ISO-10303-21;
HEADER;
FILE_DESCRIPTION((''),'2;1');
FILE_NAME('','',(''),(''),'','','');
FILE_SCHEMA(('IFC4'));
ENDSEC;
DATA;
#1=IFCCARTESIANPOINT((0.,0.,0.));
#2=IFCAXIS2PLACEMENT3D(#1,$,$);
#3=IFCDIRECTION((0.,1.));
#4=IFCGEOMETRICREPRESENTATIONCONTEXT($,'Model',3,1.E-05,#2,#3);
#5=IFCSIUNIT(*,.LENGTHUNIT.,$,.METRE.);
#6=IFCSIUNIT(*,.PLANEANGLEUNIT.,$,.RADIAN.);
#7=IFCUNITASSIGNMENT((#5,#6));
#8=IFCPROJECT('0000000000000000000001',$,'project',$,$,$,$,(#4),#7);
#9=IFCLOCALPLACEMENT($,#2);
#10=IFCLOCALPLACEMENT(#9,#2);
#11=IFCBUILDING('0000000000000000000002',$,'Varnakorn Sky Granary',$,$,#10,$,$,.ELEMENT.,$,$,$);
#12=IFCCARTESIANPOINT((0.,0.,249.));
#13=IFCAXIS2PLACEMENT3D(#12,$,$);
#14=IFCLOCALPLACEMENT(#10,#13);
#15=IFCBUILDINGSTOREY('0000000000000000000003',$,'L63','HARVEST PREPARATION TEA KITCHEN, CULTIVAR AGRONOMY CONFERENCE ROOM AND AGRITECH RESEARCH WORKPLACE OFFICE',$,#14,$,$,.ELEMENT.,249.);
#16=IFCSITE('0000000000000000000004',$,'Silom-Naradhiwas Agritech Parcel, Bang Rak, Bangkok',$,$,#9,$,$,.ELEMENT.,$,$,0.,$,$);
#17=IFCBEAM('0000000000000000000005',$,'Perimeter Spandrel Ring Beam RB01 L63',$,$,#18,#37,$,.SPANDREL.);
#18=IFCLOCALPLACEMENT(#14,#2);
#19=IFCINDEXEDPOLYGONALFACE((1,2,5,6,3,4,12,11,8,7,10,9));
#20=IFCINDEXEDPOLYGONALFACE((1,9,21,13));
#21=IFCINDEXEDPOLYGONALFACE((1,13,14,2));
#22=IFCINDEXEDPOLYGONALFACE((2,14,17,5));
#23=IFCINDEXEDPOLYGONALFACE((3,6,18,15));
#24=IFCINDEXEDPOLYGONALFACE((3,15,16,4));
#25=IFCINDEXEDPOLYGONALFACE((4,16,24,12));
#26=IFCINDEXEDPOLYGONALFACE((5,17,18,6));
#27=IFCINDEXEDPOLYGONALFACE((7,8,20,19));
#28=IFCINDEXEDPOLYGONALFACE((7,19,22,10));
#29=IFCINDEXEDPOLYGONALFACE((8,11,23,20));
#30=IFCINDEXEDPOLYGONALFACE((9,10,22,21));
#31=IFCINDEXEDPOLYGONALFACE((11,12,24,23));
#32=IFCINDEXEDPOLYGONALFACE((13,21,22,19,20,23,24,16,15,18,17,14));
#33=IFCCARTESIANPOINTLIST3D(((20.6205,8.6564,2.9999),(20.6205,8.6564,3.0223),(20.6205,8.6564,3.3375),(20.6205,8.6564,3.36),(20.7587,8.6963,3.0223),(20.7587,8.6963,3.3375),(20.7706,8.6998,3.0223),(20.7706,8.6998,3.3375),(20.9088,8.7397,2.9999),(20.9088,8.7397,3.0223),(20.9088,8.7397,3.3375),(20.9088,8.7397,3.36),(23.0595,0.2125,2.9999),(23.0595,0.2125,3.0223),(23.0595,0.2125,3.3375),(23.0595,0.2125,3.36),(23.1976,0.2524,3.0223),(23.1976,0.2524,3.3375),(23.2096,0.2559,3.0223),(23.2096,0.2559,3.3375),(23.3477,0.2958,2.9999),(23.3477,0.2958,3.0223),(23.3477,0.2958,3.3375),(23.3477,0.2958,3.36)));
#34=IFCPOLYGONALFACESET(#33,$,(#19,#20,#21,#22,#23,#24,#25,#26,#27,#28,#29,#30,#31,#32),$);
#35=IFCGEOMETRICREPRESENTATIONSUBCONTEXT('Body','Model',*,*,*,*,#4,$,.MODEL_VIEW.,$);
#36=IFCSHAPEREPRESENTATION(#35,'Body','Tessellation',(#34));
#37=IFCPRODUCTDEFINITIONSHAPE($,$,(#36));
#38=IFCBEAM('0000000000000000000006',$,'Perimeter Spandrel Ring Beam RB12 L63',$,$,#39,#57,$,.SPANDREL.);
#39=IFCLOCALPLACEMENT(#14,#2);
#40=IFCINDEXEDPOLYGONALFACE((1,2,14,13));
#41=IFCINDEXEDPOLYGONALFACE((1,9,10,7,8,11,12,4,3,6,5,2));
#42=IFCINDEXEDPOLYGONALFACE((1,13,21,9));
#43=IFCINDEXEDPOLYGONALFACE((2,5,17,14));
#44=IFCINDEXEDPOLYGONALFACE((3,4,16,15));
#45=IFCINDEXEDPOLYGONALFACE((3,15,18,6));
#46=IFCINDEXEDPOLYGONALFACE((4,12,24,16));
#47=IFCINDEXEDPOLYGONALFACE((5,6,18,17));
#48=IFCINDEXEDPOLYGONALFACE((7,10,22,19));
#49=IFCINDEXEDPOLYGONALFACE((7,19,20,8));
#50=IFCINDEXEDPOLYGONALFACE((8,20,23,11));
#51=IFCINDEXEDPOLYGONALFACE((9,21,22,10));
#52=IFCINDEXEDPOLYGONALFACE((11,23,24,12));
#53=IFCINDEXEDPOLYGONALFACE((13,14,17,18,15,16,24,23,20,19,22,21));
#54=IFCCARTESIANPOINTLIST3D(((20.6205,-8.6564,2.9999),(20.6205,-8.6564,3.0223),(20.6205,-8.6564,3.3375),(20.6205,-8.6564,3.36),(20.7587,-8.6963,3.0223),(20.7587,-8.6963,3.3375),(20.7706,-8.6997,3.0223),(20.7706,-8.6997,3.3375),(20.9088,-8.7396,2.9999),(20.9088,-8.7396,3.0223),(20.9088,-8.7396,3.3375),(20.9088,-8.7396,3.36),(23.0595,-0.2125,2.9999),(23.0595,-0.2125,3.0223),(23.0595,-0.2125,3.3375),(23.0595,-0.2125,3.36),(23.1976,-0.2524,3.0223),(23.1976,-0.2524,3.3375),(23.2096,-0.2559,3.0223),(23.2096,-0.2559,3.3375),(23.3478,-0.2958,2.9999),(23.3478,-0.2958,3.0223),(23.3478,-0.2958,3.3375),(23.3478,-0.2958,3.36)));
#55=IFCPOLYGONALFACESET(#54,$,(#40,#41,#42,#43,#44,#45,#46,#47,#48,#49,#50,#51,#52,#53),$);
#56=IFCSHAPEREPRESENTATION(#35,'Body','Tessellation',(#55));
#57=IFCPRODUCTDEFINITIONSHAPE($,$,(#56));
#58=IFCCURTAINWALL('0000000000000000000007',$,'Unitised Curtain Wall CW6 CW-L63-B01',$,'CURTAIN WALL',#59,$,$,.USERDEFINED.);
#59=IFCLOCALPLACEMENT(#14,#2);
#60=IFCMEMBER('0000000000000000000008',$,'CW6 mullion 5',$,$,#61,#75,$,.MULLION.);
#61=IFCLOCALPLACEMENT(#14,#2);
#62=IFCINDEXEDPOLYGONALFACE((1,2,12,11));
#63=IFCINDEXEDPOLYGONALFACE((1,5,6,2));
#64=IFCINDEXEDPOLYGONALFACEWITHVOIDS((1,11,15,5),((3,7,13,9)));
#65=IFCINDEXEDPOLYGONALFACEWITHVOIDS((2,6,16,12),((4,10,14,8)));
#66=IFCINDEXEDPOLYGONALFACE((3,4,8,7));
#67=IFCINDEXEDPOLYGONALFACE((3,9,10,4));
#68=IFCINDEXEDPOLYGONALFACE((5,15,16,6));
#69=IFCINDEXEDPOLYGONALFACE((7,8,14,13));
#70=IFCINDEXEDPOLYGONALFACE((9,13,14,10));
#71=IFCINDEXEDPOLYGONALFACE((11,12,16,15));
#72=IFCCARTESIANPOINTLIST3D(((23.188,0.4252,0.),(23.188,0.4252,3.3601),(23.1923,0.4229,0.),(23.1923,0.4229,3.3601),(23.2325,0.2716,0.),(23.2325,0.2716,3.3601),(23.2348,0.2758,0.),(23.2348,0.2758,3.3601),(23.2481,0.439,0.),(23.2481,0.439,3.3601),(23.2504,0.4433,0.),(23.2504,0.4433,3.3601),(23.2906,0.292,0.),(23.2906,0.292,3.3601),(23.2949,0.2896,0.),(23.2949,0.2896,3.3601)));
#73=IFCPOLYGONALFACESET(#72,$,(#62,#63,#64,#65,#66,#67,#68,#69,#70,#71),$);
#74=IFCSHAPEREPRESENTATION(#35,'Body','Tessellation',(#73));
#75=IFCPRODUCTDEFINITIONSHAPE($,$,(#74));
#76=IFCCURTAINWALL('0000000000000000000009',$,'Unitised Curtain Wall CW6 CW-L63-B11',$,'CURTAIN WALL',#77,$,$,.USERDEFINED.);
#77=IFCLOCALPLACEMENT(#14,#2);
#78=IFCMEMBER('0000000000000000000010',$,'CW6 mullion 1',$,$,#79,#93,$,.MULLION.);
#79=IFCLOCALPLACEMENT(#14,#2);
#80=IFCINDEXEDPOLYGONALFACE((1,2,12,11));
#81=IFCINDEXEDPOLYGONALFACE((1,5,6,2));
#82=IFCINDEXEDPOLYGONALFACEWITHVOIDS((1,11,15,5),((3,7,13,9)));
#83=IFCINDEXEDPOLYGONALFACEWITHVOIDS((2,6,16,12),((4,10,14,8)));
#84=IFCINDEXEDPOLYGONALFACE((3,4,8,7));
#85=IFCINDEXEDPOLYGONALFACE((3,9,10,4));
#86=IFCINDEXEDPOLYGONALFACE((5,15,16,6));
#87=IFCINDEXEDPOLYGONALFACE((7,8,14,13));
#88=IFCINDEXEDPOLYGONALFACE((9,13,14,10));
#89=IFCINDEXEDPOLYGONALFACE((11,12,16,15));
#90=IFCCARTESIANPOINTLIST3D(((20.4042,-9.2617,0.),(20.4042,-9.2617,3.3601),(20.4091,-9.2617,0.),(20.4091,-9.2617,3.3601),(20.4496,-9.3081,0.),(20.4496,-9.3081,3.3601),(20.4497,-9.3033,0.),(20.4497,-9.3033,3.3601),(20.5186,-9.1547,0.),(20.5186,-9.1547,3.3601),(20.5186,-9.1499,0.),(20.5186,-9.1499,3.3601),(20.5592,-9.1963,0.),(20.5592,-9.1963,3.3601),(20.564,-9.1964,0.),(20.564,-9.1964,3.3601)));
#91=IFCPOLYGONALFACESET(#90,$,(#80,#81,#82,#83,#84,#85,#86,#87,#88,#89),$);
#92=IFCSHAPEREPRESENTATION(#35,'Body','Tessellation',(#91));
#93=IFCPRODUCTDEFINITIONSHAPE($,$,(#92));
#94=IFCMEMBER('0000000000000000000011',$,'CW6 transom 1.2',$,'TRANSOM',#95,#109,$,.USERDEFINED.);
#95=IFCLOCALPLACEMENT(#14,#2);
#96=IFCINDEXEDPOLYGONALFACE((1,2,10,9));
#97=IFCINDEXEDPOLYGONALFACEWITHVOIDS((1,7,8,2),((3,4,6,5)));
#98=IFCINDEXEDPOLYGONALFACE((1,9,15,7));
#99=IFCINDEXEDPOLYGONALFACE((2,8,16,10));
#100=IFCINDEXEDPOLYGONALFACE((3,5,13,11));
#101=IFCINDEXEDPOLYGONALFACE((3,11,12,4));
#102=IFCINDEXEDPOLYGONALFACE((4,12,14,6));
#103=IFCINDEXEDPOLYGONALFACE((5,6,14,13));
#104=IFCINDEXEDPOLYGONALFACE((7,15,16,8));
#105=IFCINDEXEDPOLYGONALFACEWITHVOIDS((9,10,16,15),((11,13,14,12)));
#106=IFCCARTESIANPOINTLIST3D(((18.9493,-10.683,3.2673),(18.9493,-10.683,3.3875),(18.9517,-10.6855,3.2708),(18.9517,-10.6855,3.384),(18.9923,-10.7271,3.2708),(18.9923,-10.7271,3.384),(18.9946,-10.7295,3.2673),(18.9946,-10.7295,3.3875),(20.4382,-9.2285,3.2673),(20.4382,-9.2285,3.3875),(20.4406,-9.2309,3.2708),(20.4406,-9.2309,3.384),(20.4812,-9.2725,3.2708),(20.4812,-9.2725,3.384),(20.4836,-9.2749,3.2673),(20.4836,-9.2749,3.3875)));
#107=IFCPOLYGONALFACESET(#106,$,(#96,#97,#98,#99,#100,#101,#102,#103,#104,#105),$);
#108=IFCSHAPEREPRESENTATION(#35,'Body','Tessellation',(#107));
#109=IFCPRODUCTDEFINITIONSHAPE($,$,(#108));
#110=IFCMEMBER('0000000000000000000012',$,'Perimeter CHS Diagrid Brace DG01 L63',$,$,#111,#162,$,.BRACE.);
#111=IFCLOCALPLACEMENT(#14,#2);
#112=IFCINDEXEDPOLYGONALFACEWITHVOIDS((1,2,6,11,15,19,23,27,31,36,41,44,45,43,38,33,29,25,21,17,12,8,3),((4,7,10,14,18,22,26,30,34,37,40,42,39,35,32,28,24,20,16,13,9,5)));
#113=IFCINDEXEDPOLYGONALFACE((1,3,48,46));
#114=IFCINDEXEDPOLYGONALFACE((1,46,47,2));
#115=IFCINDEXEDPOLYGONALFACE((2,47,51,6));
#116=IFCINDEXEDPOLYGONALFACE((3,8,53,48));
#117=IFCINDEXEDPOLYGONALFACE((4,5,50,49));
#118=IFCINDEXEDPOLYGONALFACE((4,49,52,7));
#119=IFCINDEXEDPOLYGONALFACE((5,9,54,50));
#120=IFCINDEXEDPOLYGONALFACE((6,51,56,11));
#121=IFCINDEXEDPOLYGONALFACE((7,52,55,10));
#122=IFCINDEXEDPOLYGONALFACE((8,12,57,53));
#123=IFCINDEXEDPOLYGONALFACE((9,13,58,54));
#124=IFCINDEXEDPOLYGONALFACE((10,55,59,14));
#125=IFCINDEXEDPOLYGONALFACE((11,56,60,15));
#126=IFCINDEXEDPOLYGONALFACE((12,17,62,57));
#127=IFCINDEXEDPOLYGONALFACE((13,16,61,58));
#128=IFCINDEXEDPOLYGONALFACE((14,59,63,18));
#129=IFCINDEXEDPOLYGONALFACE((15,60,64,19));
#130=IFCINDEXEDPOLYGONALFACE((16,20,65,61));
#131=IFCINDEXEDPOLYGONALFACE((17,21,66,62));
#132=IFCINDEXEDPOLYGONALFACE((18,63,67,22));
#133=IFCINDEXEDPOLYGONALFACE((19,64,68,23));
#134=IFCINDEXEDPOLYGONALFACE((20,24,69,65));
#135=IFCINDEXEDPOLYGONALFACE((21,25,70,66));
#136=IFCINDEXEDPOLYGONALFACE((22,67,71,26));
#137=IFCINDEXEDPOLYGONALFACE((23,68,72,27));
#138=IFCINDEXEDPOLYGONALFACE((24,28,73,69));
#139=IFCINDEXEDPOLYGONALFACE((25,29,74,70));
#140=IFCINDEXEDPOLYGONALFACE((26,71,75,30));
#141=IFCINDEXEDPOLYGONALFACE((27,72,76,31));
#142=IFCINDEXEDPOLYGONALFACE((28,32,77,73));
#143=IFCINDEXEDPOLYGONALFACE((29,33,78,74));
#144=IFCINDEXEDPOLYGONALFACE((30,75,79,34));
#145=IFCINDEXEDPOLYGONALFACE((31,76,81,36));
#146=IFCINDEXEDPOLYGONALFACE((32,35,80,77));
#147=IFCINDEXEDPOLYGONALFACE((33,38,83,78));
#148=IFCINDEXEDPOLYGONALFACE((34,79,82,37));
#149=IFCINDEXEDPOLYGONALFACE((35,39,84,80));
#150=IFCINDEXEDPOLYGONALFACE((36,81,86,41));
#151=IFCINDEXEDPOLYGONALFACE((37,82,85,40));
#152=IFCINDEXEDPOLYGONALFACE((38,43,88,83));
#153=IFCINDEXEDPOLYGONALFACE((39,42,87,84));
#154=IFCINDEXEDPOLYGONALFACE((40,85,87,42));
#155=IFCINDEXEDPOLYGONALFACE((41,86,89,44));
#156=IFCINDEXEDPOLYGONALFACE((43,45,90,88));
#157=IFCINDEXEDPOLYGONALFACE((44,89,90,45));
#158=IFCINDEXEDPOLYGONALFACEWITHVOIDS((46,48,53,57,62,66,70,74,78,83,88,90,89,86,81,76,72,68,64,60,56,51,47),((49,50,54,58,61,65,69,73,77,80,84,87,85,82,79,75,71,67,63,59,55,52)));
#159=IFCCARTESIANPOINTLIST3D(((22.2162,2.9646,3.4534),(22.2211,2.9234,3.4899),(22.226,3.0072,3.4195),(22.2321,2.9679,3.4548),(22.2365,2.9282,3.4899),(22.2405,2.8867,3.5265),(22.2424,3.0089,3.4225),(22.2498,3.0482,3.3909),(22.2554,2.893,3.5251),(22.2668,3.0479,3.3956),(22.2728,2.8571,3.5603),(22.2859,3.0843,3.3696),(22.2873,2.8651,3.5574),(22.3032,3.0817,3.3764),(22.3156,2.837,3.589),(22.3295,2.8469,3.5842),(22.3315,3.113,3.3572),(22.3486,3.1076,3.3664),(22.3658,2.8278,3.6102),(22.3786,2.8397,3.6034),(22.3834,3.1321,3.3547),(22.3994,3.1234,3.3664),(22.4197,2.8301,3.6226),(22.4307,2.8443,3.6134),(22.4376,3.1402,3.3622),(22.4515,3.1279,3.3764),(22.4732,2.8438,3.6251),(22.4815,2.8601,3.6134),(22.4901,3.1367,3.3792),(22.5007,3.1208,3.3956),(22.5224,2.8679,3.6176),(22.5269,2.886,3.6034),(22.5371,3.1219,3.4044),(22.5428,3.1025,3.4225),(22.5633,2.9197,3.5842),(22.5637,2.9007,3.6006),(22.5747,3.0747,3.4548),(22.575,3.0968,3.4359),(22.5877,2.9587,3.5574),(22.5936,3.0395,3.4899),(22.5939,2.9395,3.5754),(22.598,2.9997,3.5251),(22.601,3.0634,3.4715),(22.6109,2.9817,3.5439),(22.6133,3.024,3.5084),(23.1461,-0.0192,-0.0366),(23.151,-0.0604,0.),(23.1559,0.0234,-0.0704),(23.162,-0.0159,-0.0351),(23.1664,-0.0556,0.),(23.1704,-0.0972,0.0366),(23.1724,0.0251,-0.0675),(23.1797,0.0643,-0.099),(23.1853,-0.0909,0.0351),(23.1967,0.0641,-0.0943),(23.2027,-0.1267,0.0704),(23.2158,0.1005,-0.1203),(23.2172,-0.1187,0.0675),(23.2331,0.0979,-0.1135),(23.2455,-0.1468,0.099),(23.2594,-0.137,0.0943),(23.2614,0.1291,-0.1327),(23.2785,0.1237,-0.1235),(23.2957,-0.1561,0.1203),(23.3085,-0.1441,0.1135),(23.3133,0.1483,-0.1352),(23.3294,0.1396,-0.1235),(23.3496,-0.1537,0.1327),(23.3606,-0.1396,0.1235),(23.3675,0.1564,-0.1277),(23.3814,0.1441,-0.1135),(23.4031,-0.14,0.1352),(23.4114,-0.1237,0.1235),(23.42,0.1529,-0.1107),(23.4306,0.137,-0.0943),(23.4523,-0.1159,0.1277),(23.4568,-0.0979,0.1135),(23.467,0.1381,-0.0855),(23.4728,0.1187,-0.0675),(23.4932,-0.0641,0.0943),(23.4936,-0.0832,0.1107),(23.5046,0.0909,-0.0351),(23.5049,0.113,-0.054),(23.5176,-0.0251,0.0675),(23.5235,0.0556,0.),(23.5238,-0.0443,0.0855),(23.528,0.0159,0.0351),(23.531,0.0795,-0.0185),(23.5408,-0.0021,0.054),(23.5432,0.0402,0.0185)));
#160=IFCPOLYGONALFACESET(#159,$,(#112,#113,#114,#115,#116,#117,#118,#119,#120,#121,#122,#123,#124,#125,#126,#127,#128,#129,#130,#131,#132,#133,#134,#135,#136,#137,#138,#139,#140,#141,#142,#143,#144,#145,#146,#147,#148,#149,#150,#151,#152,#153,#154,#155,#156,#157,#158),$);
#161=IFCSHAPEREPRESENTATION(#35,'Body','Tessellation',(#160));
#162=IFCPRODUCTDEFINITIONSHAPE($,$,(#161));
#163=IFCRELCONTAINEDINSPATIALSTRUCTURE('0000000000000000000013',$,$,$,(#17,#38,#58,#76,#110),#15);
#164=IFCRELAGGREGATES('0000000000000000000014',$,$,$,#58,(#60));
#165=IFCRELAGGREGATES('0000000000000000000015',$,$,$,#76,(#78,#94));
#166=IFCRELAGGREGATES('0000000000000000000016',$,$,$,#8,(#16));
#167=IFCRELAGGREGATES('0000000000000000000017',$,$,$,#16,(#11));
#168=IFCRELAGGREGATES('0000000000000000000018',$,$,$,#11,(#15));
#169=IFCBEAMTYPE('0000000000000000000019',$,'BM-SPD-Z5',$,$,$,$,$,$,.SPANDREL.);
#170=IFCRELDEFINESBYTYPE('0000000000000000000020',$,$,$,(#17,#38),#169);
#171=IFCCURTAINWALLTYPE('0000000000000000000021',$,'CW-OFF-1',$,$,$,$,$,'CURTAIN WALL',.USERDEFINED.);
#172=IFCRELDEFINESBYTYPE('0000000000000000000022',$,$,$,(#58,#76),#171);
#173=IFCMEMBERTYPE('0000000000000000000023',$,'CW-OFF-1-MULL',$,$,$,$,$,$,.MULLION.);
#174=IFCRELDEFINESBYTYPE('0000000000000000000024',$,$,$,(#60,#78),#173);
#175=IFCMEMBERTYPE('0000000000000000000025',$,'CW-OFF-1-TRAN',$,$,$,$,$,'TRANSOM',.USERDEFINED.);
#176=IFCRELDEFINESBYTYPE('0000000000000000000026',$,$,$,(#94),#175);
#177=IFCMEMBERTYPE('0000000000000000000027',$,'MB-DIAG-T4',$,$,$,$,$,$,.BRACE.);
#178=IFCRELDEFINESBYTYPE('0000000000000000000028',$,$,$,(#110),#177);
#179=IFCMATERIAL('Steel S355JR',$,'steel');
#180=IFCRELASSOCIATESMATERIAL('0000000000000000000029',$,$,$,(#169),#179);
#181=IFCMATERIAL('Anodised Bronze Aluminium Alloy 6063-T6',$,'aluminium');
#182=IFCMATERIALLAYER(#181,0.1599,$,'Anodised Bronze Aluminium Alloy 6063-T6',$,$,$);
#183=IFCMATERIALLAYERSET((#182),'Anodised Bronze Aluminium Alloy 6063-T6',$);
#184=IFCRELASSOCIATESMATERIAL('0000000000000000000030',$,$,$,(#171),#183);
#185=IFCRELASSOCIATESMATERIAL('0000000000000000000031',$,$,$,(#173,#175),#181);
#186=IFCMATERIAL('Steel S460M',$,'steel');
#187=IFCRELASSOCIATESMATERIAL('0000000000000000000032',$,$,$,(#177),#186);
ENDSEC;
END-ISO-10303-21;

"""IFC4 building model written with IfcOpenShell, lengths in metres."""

from ifc_helpers import new_model, si_unit, direction, frame, origin, origin_2d, place, context, subcontext, project, spatial, hollow_rectangle, hollow_circle, i_section, extrude, material, layer, layer_set, material_profile, profile_set, type_object, element, aggregate, save


model = new_model("IFC4")

# Units and contexts
model_context = context("Model", 3, precision=1e-05, world=origin(), true_north=direction((0.0, 1.0)))
body_context = subcontext(model_context, "Body", "Model", "MODEL_VIEW")
ifc_project = project(units=[si_unit("LENGTHUNIT", "METRE"), si_unit("PLANEANGLEUNIT", "RADIAN")], contexts=[model_context])

# Site, building, storey
site_placement = place(None, origin())
site = spatial("IfcSite", under=ifc_project, at=site_placement, Name="Silom-Naradhiwas Agritech Parcel, Bang Rak, Bangkok", CompositionType="ELEMENT", RefElevation=0.0)
building_placement = place(site_placement, origin())
building = spatial("IfcBuilding", under=site, at=building_placement, Name="Varnakorn Sky Granary", CompositionType="ELEMENT")
storey_placement = place(building_placement, frame((0.0, 0.0, 249.0)))
storey = spatial("IfcBuildingStorey", under=building, at=storey_placement, Name="L63", Description="HARVEST PREPARATION TEA KITCHEN, CULTIVAR AGRONOMY CONFERENCE ROOM AND AGRITECH RESEARCH WORKPLACE OFFICE", CompositionType="ELEMENT", Elevation=249.0)

# Shared definitions
ifc_material_1 = material(Name="Steel S460M", Category="steel")

# Beams
ifc_material_2 = material(Name="Steel S355JR", Category="steel")
ifc_material_profile_1 = material_profile(ifc_material_2, i_section(OverallWidth=0.3, OverallDepth=0.3601, WebThickness=0.0125, FlangeThickness=0.0225, at=origin_2d()), Name="HE 360 B")
ifc_profile_set_1 = profile_set([ifc_material_profile_1], Name="Steel S355JR")
beam_type_1 = type_object("IfcBeamType", Name="BM-SPD-Z5", PredefinedType="SPANDREL", material=ifc_profile_set_1)
for number, where, z_axis, x_axis, name in (
    (1, (23.2036, 0.2542, 3.1799), (-0.277501, 0.960725, 0.0), (-0.960725, -0.277501, 0.0), "Perimeter Spandrel Ring Beam RB01 L63"),
    (2, (20.7646, -8.698, 3.1799), (0.277501, 0.960725, 0.0), (-0.960725, 0.277501, 0.0), "Perimeter Spandrel Ring Beam RB12 L63"),
):
    element("IfcBeam", number, at=place(storey_placement, frame(where, z_axis=z_axis, x_axis=x_axis)), inside=storey, type_object=beam_type_1, Name=name, PredefinedType="SPANDREL", context=body_context, shape_type="SweptSolid", body=[
        extrude(i_section(OverallWidth=0.3, OverallDepth=0.3601, WebThickness=0.0125, FlangeThickness=0.0225, at=origin_2d()), origin(), (0.0, 0.0, 1.0), 8.7891),
    ])

# Curtain wall, member
ifc_material_3 = material(Name="Anodised Bronze Aluminium Alloy 6063-T6", Category="aluminium")
ifc_layer_1 = layer(ifc_material_3, 0.1599, Name="Anodised Bronze Aluminium Alloy 6063-T6")
ifc_layer_set_1 = layer_set([ifc_layer_1], Name="Anodised Bronze Aluminium Alloy 6063-T6")
curtain_wall_type = type_object("IfcCurtainWallType", Name="CW-OFF-1", ElementType="CURTAIN WALL", PredefinedType="USERDEFINED", material=ifc_layer_set_1)
curtain_wall_1_placement = place(storey_placement, origin())
curtain_wall_1 = element("IfcCurtainWall", 3, at=curtain_wall_1_placement, inside=storey, type_object=curtain_wall_type, Name="Unitised Curtain Wall CW6 CW-L63-B01", ObjectType="CURTAIN WALL", PredefinedType="USERDEFINED")
ifc_material_profile_2 = material_profile(ifc_material_3, hollow_rectangle(XDim=0.0649, YDim=0.1599, WallThickness=0.0034, at=origin_2d()), Name="ALU MULL 65x160")
ifc_profile_set_2 = profile_set([ifc_material_profile_2], Name="Anodised Bronze Aluminium Alloy 6063-T6")
member_type_1 = type_object("IfcMemberType", Name="CW-OFF-1-MULL", PredefinedType="MULLION", material=ifc_profile_set_2)
member_1_placement = place(storey_placement, frame((23.2415, 0.3574, 0.0), z_axis=(0.0, 0.0, 1.0), x_axis=(0.96061, 0.277899, 0.0)))
member_1 = element("IfcMember", 4, at=member_1_placement, type_object=member_type_1, Name="CW6 mullion 5", PredefinedType="MULLION", context=body_context, shape_type="SweptSolid", body=[
    extrude(hollow_rectangle(XDim=0.0649, YDim=0.1599, WallThickness=0.0034, at=origin_2d()), origin(), (0.0, 0.0, 1.0), 3.3601),
])
aggregate(curtain_wall_1, [member_1])

# Curtain wall, members
curtain_wall_2_placement = place(storey_placement, origin())
curtain_wall_2 = element("IfcCurtainWall", 5, at=curtain_wall_2_placement, inside=storey, type_object=curtain_wall_type, Name="Unitised Curtain Wall CW6 CW-L63-B11", ObjectType="CURTAIN WALL", PredefinedType="USERDEFINED")
member_2_placement = place(storey_placement, frame((20.4841, -9.229, 0.0), z_axis=(0.0, 0.0, 1.0), x_axis=(0.698833, -0.715285, 0.0)))
member_2 = element("IfcMember", 6, at=member_2_placement, type_object=member_type_1, Name="CW6 mullion 1", PredefinedType="MULLION", context=body_context, shape_type="SweptSolid", body=[
    extrude(hollow_rectangle(XDim=0.0649, YDim=0.1599, WallThickness=0.0034, at=origin_2d()), origin(), (0.0, 0.0, 1.0), 3.3601),
])
ifc_material_profile_3 = material_profile(ifc_material_3, hollow_rectangle(XDim=0.0649, YDim=0.1201, WallThickness=0.0034, at=origin_2d()), Name="ALU TRAN 65x120")
ifc_profile_set_3 = profile_set([ifc_material_profile_3], Name="Anodised Bronze Aluminium Alloy 6063-T6")
member_type_2 = type_object("IfcMemberType", Name="CW-OFF-1-TRAN", ElementType="TRANSOM", PredefinedType="USERDEFINED", material=ifc_profile_set_3)
member_3_placement = place(storey_placement, frame((20.4609, -9.2517, 3.3274), z_axis=(-0.715327, -0.69879, 0.0), x_axis=(0.69879, -0.715327, 0.0)))
member_3 = element("IfcMember", 7, at=member_3_placement, type_object=member_type_2, Name="CW6 transom 1.2", ObjectType="TRANSOM", PredefinedType="USERDEFINED", context=body_context, shape_type="SweptSolid", body=[
    extrude(hollow_rectangle(XDim=0.0649, YDim=0.1201, WallThickness=0.0034, at=origin_2d()), origin(), (0.0, 0.0, 1.0), 2.0815),
])
aggregate(curtain_wall_2, [member_2, member_3])

# Member
ifc_material_profile_4 = material_profile(ifc_material_1, hollow_circle(Radius=0.2031, WallThickness=0.0161, at=origin_2d()), Name="CHS 406.4x16")
ifc_profile_set_4 = profile_set([ifc_material_profile_4], Name="Steel S460M")
member_type_3 = type_object("IfcMemberType", Name="MB-DIAG-T4", PredefinedType="BRACE", material=ifc_profile_set_4)
for number, where, z_axis, x_axis, name in (
    (8, (23.345, 0.0, 0.0), (-0.198495, 0.636914, 0.744943), (-0.95471, -0.297537, 0.0), "Perimeter CHS Diagrid Brace DG01 L63"),
):
    element("IfcMember", number, at=place(storey_placement, frame(where, z_axis=z_axis, x_axis=x_axis)), inside=storey, type_object=member_type_3, Name=name, PredefinedType="BRACE", context=body_context, shape_type="SweptSolid", body=[
        extrude(hollow_circle(Radius=0.2031, WallThickness=0.0161, at=origin_2d()), origin(), (0.0, 0.0, 1.0), 4.6848),
    ])

save(model, "model.ifc")
